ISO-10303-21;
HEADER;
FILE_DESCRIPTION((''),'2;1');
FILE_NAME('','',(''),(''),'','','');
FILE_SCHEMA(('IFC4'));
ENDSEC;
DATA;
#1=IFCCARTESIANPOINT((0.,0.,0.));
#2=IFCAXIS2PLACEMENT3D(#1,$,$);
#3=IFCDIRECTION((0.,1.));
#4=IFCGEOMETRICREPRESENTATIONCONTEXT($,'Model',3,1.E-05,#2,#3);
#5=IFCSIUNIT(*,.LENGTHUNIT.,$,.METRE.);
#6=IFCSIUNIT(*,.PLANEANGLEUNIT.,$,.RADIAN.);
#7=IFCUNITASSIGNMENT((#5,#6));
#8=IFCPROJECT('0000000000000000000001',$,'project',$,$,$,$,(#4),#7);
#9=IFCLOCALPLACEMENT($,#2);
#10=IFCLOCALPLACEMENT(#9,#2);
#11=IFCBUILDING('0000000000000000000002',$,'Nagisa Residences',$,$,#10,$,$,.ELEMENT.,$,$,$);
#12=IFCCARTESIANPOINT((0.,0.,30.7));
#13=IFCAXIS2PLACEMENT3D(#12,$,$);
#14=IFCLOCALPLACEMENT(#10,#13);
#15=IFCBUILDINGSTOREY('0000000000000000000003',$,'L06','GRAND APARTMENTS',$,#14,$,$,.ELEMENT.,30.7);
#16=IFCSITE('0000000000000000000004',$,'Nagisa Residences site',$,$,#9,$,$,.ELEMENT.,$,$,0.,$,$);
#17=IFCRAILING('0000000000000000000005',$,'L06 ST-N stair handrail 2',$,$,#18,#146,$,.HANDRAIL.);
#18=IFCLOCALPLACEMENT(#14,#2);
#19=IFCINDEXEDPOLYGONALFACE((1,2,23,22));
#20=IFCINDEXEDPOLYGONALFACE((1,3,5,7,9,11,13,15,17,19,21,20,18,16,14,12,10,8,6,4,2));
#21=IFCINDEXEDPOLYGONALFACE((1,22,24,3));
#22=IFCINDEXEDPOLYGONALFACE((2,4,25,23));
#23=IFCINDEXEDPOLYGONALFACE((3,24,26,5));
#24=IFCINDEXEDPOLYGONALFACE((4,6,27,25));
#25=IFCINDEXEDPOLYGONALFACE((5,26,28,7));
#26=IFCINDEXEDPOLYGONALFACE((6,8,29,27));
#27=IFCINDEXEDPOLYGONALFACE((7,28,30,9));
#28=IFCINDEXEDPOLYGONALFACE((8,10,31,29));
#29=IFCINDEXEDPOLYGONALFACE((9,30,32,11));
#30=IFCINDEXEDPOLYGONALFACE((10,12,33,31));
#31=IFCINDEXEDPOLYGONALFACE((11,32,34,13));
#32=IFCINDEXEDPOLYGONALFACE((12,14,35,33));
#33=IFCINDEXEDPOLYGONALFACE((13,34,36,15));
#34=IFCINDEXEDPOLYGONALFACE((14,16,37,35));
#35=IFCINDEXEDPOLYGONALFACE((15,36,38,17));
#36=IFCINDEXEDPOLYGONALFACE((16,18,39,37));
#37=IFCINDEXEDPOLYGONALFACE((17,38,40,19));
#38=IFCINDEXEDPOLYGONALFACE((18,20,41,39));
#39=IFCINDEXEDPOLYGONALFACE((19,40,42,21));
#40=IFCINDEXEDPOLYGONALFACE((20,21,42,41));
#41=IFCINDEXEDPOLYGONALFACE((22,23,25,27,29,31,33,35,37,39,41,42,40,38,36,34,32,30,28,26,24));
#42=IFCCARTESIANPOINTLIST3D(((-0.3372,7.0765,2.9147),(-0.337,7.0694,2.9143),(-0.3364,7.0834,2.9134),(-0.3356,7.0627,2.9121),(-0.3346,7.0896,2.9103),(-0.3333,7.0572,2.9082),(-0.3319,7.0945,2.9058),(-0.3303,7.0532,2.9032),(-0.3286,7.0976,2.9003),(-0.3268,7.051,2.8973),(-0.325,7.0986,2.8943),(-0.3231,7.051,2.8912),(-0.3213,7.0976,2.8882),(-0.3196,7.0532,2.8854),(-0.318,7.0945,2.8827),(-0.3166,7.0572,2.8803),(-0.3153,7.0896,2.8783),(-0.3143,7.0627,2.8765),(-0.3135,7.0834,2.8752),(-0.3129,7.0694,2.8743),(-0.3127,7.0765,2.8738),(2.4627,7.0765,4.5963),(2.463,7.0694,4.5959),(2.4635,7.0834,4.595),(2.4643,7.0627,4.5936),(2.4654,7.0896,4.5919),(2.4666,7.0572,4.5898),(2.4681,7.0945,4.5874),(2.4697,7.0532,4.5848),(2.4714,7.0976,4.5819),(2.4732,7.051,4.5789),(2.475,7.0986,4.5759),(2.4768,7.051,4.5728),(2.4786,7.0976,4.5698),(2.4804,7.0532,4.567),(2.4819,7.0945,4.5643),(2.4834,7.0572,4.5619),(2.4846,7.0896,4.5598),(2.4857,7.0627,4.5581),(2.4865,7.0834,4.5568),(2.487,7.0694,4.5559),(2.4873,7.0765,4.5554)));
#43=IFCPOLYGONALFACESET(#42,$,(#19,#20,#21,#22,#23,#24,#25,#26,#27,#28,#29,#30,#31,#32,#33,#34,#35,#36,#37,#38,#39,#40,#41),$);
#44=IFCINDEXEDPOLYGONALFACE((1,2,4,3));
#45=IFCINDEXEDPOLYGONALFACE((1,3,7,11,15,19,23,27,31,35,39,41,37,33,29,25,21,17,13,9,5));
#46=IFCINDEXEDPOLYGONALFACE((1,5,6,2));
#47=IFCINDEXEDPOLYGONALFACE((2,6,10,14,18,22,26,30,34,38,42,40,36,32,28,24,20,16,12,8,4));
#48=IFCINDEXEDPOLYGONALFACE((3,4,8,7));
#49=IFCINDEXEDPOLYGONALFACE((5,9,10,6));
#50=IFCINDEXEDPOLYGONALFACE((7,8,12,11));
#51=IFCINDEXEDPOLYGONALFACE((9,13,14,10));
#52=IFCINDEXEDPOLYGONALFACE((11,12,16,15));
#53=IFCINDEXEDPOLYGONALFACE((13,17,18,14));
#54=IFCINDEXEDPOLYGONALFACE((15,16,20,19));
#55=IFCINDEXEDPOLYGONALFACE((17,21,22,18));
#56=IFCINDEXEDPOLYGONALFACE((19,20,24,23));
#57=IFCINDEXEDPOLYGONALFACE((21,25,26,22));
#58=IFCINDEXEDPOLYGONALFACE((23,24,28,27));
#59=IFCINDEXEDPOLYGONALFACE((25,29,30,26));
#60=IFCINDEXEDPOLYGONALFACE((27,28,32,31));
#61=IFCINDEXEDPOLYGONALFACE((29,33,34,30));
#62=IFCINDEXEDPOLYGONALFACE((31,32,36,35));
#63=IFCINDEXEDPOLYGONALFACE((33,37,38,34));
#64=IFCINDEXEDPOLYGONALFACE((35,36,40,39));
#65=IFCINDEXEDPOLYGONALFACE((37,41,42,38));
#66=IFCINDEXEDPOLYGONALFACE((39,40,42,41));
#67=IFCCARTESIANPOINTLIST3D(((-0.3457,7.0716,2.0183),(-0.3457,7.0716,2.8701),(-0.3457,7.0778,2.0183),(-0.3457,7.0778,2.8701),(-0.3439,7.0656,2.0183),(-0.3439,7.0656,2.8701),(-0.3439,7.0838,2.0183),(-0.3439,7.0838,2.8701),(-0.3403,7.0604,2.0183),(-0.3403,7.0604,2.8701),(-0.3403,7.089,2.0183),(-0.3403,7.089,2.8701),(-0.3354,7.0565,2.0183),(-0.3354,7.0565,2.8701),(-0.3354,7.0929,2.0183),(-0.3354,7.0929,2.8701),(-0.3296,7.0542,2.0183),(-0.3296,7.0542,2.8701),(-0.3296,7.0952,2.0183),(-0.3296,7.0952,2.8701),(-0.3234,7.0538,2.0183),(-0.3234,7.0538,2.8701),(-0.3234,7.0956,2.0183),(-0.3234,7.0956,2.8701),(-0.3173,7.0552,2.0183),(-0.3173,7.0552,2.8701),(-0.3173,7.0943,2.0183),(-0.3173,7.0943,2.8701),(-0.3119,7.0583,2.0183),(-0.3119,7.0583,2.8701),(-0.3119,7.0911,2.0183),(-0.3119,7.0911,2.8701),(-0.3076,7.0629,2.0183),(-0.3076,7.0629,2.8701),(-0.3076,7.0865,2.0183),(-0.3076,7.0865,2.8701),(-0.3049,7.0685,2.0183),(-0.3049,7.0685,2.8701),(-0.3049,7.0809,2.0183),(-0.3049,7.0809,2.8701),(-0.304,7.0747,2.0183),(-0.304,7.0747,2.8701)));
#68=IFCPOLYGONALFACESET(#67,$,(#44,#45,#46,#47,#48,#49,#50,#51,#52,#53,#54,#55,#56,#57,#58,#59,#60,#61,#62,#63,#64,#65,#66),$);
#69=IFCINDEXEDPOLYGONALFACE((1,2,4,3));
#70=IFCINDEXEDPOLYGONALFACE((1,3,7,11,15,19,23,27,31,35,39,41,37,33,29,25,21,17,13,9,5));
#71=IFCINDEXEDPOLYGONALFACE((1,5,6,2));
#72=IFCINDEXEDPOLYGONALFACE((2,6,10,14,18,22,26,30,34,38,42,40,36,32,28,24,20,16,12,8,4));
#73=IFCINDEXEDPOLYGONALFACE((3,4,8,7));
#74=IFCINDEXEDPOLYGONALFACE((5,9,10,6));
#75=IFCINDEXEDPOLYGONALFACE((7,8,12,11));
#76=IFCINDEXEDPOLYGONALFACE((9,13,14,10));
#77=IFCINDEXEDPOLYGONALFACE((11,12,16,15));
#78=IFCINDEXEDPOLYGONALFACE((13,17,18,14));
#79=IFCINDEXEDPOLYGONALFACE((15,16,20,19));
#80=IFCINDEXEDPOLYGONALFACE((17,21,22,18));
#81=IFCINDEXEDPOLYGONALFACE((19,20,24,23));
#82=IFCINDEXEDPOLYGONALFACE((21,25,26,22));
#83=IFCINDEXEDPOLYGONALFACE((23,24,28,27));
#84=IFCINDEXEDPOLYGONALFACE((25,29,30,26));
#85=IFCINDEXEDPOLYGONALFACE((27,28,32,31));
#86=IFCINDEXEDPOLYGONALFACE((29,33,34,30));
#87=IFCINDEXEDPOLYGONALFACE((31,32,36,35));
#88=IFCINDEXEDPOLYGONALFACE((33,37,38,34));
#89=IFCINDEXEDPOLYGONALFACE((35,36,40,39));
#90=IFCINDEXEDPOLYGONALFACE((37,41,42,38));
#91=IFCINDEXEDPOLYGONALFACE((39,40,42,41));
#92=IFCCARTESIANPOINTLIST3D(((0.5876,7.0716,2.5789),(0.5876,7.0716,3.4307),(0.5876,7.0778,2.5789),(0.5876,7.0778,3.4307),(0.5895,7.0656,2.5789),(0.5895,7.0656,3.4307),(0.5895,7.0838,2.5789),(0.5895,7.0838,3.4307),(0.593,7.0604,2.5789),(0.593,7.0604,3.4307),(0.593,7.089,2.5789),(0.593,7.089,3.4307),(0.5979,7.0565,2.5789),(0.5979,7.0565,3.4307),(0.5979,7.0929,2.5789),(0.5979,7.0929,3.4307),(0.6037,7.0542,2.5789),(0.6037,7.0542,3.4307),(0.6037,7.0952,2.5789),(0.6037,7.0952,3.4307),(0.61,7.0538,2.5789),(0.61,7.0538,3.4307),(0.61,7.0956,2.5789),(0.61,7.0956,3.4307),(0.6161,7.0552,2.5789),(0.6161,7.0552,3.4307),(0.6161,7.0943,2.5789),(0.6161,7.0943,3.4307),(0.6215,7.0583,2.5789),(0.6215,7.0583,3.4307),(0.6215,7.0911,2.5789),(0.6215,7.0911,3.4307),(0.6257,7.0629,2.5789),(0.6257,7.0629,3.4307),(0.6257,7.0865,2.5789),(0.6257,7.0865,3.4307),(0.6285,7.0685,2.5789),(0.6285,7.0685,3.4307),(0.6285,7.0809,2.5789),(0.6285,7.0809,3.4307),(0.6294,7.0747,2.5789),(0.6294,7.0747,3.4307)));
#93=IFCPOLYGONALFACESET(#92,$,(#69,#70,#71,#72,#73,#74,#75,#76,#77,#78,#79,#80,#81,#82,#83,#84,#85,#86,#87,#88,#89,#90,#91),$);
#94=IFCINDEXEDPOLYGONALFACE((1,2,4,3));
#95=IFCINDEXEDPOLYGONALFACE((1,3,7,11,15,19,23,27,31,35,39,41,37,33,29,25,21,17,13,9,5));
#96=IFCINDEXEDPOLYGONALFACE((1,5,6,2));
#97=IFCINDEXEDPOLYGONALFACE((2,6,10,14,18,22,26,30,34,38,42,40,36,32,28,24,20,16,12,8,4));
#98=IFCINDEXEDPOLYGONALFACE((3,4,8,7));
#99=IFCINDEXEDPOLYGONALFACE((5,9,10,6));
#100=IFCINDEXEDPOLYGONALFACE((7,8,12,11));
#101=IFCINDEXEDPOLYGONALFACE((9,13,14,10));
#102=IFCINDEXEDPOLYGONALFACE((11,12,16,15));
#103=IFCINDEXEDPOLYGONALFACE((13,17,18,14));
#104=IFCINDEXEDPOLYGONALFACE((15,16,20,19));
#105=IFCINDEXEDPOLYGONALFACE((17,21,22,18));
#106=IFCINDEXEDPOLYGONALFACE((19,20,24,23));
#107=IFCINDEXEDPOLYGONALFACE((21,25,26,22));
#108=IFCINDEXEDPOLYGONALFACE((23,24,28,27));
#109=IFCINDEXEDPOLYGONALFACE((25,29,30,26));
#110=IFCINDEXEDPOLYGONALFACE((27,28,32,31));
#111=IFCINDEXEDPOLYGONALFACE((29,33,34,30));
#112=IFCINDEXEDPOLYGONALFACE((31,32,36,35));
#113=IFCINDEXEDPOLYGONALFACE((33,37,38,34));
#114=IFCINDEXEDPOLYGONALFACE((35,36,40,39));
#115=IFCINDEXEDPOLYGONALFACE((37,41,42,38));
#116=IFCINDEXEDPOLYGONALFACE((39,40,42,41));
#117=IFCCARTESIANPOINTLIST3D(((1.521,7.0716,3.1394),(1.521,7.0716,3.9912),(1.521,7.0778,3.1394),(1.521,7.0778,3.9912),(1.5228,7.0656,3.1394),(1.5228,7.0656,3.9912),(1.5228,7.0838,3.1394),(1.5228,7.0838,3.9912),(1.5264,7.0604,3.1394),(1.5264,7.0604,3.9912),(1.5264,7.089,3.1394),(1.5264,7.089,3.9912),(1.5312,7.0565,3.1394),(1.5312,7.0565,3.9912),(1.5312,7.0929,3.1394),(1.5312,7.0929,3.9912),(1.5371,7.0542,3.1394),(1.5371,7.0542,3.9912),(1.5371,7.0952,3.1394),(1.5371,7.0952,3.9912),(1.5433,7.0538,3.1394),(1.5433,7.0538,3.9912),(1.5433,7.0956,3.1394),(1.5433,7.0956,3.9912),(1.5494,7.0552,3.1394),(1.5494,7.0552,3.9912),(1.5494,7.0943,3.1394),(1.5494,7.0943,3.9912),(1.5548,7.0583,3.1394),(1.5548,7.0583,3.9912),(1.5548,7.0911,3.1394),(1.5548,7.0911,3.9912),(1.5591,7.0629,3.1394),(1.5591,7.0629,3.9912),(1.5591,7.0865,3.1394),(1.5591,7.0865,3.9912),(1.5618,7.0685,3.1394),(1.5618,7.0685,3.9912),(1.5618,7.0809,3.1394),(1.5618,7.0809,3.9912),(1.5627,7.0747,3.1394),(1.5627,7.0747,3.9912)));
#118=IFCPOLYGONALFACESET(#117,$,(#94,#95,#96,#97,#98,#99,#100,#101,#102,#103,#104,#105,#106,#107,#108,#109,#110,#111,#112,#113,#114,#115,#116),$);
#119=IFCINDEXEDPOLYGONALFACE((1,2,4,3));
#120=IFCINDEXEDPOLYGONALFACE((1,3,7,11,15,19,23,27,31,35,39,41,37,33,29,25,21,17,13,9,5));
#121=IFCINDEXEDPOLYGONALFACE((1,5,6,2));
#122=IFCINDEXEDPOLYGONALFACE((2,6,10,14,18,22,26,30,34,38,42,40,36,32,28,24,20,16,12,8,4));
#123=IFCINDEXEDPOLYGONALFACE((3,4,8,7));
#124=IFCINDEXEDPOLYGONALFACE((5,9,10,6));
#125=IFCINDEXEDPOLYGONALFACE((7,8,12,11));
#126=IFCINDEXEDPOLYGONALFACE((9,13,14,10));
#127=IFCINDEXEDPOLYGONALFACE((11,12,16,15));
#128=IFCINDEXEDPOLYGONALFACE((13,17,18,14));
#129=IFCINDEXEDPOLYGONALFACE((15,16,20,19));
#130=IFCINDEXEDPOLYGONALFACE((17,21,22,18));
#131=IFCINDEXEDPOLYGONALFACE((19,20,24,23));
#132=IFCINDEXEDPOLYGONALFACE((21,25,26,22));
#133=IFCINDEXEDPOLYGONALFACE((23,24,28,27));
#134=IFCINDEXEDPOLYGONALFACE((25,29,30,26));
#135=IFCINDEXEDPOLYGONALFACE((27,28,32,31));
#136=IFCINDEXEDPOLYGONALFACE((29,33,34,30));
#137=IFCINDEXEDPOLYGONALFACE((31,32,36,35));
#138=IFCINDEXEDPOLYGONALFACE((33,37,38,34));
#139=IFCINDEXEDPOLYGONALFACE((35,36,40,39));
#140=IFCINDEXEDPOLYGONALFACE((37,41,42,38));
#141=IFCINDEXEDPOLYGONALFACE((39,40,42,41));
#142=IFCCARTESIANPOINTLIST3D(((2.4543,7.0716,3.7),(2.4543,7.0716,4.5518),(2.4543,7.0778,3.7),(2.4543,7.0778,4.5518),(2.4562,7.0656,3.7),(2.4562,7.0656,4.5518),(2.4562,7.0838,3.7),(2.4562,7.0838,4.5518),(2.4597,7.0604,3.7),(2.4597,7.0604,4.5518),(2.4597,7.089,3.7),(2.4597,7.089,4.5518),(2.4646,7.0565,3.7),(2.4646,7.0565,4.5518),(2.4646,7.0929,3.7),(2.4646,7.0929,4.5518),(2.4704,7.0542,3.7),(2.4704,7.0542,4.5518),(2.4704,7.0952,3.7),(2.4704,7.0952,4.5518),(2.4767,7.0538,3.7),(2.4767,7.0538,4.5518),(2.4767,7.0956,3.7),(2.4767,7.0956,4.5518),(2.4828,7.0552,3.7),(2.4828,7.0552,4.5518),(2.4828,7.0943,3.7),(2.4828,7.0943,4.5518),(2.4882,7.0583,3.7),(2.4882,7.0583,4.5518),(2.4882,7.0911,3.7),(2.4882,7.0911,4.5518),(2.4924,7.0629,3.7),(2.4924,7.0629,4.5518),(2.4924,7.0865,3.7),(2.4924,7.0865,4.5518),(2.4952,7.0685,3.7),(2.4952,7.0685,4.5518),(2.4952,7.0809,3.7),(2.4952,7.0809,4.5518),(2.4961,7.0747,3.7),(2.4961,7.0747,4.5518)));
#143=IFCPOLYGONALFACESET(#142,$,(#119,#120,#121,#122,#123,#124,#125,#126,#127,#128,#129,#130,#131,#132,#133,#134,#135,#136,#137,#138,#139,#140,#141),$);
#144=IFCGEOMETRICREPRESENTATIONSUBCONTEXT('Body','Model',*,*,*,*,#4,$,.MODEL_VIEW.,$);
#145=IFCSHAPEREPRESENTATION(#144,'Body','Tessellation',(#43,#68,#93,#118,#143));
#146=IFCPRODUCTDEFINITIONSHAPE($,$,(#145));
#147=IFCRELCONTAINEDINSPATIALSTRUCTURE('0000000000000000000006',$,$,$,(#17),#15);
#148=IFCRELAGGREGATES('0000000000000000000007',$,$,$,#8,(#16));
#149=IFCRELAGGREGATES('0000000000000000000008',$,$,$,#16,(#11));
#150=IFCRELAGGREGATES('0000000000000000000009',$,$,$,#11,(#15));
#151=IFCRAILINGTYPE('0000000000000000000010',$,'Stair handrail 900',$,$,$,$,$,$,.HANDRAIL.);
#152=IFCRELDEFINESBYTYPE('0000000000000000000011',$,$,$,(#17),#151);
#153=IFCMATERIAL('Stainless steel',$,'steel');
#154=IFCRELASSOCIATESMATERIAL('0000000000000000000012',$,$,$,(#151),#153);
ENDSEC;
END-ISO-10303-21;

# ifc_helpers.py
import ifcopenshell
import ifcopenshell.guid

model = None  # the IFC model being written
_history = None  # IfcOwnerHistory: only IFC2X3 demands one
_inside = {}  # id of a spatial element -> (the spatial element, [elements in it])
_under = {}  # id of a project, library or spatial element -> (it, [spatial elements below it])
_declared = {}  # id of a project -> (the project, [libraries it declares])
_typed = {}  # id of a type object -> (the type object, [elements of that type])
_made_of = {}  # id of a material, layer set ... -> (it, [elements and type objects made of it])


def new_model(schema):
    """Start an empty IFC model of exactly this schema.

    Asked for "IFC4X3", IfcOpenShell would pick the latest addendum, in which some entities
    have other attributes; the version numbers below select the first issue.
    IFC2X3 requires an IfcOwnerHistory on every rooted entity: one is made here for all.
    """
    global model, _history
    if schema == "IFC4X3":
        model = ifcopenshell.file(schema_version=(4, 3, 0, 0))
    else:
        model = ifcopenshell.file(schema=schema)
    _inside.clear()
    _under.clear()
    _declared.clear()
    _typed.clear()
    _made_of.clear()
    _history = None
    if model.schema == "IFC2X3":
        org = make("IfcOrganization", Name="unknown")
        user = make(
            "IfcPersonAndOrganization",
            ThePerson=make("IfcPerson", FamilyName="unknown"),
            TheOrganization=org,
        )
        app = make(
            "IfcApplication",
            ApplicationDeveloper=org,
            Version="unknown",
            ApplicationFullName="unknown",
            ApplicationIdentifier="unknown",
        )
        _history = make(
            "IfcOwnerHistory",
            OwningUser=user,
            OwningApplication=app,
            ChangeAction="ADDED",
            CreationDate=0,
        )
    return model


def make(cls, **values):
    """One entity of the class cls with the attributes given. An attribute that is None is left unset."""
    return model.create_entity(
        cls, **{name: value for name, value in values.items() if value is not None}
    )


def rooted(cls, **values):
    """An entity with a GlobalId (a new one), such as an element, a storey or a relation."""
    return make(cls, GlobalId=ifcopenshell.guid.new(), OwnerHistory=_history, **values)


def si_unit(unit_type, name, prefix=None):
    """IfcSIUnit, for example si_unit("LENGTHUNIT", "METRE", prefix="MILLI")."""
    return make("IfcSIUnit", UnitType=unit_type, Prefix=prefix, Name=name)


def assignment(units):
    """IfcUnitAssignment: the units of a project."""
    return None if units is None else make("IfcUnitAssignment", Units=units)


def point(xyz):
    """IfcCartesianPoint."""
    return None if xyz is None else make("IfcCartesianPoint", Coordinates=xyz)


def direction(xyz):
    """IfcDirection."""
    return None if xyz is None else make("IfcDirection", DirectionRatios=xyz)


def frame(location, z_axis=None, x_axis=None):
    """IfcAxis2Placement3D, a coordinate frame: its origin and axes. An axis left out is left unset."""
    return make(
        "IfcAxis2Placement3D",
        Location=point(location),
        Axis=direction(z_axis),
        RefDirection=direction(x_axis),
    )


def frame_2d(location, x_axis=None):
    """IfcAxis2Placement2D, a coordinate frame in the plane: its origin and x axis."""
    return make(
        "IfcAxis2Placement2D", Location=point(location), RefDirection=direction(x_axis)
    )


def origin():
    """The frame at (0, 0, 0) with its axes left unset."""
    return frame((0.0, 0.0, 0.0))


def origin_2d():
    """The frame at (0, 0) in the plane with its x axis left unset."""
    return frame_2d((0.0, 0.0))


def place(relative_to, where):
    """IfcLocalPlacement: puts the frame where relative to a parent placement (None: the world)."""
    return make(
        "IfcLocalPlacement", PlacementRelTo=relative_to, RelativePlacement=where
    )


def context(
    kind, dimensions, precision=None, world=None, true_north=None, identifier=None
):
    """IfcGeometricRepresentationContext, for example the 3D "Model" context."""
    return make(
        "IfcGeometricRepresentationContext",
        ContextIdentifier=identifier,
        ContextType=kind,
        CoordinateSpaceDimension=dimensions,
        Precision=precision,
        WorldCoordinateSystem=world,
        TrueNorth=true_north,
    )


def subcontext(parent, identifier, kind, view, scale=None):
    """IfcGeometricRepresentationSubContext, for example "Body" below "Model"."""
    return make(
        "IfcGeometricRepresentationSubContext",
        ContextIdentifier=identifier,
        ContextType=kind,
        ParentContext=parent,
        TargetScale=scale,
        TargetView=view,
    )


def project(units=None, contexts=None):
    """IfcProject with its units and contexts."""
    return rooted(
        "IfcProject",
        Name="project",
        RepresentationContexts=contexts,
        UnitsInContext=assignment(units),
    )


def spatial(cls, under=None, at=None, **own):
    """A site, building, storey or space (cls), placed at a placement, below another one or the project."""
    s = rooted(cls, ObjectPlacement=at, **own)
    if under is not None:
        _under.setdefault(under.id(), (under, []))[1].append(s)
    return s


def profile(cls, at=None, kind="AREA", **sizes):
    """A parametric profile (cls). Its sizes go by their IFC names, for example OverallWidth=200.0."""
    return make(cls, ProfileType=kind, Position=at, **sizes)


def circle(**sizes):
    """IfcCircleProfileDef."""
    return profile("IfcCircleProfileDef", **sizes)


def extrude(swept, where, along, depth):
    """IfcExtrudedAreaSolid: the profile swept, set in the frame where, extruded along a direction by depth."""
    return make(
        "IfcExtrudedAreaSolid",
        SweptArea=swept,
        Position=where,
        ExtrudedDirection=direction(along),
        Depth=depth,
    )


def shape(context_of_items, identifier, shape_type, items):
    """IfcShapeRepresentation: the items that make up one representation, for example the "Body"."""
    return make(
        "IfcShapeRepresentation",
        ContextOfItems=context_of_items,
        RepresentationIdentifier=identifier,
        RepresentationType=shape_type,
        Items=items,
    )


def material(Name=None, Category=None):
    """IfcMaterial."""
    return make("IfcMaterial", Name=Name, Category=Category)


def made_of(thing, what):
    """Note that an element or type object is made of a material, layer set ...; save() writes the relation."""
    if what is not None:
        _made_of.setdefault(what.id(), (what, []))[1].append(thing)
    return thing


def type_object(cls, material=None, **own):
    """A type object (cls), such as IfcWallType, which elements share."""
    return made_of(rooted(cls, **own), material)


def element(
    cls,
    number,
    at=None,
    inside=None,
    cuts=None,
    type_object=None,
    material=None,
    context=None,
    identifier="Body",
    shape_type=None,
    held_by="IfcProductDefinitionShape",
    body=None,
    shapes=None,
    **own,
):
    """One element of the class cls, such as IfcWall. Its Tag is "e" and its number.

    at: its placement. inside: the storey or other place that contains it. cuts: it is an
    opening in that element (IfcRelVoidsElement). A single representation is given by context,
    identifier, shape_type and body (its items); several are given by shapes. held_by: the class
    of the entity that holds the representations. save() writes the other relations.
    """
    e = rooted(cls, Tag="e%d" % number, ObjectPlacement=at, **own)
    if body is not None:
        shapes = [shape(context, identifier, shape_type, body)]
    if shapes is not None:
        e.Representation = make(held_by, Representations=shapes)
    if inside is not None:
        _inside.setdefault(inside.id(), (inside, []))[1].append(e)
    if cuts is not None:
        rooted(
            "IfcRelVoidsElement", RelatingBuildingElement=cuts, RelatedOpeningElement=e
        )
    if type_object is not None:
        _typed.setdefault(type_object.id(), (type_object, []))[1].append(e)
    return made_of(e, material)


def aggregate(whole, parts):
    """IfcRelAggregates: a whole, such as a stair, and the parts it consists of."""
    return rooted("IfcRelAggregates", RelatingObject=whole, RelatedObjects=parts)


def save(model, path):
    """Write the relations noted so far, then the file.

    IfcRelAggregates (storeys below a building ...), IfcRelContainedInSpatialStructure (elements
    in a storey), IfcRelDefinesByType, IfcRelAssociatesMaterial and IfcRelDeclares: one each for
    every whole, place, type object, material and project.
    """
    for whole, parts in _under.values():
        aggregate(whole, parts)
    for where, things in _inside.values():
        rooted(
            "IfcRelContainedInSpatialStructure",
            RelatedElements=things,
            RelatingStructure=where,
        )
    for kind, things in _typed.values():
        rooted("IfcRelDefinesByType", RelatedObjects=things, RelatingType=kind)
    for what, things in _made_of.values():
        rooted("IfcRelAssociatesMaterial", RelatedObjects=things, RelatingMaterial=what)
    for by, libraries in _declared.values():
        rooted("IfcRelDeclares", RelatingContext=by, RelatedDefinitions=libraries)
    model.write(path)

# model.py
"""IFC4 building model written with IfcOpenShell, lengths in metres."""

from ifc_helpers import new_model, si_unit, direction, frame, origin, origin_2d, place, context, subcontext, project, spatial, circle, extrude, material, type_object, element, save


model = new_model("IFC4")

# Units and contexts
model_context = context("Model", 3, precision=1e-05, world=origin(), true_north=direction((0.0, 1.0)))
body_context = subcontext(model_context, "Body", "Model", "MODEL_VIEW")
ifc_project = project(units=[si_unit("LENGTHUNIT", "METRE"), si_unit("PLANEANGLEUNIT", "RADIAN")], contexts=[model_context])

# Site, building, storey
site_placement = place(None, origin())
site = spatial("IfcSite", under=ifc_project, at=site_placement, Name="Nagisa Residences site", CompositionType="ELEMENT", RefElevation=0.0)
building_placement = place(site_placement, origin())
building = spatial("IfcBuilding", under=site, at=building_placement, Name="Nagisa Residences", CompositionType="ELEMENT")
storey_placement = place(building_placement, frame((0.0, 0.0, 30.7)))
storey = spatial("IfcBuildingStorey", under=building, at=storey_placement, Name="L06", Description="GRAND APARTMENTS", CompositionType="ELEMENT", Elevation=30.7)

# Railing
ifc_material_1 = material(Name="Stainless steel", Category="steel")
railing_type = type_object("IfcRailingType", Name="Stair handrail 900", PredefinedType="HANDRAIL", material=ifc_material_1)
railing_placement = place(storey_placement, frame((-0.325, 7.0747, 2.0183)))
element("IfcRailing", 1, at=railing_placement, inside=storey, type_object=railing_type, Name="L06 ST-N stair handrail 2", PredefinedType="HANDRAIL", context=body_context, shape_type="SweptSolid", body=[
    extrude(circle(Radius=0.0239, at=origin_2d()), frame((0.0, 0.0, 0.876), z_axis=(0.857275, 0.0, 0.514858), x_axis=(0.0, 1.0, 0.0)), (0.0, 0.0, 1.0), 3.2661),
    extrude(circle(Radius=0.021, at=origin_2d()), origin(), (0.0, 0.0, 1.0), 0.8518),
    extrude(circle(Radius=0.021, at=origin_2d()), frame((0.9333, 0.0, 0.5605)), (0.0, 0.0, 1.0), 0.8518),
    extrude(circle(Radius=0.021, at=origin_2d()), frame((1.8667, 0.0, 1.1211)), (0.0, 0.0, 1.0), 0.8518),
    extrude(circle(Radius=0.021, at=origin_2d()), frame((2.8, 0.0, 1.6816)), (0.0, 0.0, 1.0), 0.8518),
])

save(model, "model.ifc")
